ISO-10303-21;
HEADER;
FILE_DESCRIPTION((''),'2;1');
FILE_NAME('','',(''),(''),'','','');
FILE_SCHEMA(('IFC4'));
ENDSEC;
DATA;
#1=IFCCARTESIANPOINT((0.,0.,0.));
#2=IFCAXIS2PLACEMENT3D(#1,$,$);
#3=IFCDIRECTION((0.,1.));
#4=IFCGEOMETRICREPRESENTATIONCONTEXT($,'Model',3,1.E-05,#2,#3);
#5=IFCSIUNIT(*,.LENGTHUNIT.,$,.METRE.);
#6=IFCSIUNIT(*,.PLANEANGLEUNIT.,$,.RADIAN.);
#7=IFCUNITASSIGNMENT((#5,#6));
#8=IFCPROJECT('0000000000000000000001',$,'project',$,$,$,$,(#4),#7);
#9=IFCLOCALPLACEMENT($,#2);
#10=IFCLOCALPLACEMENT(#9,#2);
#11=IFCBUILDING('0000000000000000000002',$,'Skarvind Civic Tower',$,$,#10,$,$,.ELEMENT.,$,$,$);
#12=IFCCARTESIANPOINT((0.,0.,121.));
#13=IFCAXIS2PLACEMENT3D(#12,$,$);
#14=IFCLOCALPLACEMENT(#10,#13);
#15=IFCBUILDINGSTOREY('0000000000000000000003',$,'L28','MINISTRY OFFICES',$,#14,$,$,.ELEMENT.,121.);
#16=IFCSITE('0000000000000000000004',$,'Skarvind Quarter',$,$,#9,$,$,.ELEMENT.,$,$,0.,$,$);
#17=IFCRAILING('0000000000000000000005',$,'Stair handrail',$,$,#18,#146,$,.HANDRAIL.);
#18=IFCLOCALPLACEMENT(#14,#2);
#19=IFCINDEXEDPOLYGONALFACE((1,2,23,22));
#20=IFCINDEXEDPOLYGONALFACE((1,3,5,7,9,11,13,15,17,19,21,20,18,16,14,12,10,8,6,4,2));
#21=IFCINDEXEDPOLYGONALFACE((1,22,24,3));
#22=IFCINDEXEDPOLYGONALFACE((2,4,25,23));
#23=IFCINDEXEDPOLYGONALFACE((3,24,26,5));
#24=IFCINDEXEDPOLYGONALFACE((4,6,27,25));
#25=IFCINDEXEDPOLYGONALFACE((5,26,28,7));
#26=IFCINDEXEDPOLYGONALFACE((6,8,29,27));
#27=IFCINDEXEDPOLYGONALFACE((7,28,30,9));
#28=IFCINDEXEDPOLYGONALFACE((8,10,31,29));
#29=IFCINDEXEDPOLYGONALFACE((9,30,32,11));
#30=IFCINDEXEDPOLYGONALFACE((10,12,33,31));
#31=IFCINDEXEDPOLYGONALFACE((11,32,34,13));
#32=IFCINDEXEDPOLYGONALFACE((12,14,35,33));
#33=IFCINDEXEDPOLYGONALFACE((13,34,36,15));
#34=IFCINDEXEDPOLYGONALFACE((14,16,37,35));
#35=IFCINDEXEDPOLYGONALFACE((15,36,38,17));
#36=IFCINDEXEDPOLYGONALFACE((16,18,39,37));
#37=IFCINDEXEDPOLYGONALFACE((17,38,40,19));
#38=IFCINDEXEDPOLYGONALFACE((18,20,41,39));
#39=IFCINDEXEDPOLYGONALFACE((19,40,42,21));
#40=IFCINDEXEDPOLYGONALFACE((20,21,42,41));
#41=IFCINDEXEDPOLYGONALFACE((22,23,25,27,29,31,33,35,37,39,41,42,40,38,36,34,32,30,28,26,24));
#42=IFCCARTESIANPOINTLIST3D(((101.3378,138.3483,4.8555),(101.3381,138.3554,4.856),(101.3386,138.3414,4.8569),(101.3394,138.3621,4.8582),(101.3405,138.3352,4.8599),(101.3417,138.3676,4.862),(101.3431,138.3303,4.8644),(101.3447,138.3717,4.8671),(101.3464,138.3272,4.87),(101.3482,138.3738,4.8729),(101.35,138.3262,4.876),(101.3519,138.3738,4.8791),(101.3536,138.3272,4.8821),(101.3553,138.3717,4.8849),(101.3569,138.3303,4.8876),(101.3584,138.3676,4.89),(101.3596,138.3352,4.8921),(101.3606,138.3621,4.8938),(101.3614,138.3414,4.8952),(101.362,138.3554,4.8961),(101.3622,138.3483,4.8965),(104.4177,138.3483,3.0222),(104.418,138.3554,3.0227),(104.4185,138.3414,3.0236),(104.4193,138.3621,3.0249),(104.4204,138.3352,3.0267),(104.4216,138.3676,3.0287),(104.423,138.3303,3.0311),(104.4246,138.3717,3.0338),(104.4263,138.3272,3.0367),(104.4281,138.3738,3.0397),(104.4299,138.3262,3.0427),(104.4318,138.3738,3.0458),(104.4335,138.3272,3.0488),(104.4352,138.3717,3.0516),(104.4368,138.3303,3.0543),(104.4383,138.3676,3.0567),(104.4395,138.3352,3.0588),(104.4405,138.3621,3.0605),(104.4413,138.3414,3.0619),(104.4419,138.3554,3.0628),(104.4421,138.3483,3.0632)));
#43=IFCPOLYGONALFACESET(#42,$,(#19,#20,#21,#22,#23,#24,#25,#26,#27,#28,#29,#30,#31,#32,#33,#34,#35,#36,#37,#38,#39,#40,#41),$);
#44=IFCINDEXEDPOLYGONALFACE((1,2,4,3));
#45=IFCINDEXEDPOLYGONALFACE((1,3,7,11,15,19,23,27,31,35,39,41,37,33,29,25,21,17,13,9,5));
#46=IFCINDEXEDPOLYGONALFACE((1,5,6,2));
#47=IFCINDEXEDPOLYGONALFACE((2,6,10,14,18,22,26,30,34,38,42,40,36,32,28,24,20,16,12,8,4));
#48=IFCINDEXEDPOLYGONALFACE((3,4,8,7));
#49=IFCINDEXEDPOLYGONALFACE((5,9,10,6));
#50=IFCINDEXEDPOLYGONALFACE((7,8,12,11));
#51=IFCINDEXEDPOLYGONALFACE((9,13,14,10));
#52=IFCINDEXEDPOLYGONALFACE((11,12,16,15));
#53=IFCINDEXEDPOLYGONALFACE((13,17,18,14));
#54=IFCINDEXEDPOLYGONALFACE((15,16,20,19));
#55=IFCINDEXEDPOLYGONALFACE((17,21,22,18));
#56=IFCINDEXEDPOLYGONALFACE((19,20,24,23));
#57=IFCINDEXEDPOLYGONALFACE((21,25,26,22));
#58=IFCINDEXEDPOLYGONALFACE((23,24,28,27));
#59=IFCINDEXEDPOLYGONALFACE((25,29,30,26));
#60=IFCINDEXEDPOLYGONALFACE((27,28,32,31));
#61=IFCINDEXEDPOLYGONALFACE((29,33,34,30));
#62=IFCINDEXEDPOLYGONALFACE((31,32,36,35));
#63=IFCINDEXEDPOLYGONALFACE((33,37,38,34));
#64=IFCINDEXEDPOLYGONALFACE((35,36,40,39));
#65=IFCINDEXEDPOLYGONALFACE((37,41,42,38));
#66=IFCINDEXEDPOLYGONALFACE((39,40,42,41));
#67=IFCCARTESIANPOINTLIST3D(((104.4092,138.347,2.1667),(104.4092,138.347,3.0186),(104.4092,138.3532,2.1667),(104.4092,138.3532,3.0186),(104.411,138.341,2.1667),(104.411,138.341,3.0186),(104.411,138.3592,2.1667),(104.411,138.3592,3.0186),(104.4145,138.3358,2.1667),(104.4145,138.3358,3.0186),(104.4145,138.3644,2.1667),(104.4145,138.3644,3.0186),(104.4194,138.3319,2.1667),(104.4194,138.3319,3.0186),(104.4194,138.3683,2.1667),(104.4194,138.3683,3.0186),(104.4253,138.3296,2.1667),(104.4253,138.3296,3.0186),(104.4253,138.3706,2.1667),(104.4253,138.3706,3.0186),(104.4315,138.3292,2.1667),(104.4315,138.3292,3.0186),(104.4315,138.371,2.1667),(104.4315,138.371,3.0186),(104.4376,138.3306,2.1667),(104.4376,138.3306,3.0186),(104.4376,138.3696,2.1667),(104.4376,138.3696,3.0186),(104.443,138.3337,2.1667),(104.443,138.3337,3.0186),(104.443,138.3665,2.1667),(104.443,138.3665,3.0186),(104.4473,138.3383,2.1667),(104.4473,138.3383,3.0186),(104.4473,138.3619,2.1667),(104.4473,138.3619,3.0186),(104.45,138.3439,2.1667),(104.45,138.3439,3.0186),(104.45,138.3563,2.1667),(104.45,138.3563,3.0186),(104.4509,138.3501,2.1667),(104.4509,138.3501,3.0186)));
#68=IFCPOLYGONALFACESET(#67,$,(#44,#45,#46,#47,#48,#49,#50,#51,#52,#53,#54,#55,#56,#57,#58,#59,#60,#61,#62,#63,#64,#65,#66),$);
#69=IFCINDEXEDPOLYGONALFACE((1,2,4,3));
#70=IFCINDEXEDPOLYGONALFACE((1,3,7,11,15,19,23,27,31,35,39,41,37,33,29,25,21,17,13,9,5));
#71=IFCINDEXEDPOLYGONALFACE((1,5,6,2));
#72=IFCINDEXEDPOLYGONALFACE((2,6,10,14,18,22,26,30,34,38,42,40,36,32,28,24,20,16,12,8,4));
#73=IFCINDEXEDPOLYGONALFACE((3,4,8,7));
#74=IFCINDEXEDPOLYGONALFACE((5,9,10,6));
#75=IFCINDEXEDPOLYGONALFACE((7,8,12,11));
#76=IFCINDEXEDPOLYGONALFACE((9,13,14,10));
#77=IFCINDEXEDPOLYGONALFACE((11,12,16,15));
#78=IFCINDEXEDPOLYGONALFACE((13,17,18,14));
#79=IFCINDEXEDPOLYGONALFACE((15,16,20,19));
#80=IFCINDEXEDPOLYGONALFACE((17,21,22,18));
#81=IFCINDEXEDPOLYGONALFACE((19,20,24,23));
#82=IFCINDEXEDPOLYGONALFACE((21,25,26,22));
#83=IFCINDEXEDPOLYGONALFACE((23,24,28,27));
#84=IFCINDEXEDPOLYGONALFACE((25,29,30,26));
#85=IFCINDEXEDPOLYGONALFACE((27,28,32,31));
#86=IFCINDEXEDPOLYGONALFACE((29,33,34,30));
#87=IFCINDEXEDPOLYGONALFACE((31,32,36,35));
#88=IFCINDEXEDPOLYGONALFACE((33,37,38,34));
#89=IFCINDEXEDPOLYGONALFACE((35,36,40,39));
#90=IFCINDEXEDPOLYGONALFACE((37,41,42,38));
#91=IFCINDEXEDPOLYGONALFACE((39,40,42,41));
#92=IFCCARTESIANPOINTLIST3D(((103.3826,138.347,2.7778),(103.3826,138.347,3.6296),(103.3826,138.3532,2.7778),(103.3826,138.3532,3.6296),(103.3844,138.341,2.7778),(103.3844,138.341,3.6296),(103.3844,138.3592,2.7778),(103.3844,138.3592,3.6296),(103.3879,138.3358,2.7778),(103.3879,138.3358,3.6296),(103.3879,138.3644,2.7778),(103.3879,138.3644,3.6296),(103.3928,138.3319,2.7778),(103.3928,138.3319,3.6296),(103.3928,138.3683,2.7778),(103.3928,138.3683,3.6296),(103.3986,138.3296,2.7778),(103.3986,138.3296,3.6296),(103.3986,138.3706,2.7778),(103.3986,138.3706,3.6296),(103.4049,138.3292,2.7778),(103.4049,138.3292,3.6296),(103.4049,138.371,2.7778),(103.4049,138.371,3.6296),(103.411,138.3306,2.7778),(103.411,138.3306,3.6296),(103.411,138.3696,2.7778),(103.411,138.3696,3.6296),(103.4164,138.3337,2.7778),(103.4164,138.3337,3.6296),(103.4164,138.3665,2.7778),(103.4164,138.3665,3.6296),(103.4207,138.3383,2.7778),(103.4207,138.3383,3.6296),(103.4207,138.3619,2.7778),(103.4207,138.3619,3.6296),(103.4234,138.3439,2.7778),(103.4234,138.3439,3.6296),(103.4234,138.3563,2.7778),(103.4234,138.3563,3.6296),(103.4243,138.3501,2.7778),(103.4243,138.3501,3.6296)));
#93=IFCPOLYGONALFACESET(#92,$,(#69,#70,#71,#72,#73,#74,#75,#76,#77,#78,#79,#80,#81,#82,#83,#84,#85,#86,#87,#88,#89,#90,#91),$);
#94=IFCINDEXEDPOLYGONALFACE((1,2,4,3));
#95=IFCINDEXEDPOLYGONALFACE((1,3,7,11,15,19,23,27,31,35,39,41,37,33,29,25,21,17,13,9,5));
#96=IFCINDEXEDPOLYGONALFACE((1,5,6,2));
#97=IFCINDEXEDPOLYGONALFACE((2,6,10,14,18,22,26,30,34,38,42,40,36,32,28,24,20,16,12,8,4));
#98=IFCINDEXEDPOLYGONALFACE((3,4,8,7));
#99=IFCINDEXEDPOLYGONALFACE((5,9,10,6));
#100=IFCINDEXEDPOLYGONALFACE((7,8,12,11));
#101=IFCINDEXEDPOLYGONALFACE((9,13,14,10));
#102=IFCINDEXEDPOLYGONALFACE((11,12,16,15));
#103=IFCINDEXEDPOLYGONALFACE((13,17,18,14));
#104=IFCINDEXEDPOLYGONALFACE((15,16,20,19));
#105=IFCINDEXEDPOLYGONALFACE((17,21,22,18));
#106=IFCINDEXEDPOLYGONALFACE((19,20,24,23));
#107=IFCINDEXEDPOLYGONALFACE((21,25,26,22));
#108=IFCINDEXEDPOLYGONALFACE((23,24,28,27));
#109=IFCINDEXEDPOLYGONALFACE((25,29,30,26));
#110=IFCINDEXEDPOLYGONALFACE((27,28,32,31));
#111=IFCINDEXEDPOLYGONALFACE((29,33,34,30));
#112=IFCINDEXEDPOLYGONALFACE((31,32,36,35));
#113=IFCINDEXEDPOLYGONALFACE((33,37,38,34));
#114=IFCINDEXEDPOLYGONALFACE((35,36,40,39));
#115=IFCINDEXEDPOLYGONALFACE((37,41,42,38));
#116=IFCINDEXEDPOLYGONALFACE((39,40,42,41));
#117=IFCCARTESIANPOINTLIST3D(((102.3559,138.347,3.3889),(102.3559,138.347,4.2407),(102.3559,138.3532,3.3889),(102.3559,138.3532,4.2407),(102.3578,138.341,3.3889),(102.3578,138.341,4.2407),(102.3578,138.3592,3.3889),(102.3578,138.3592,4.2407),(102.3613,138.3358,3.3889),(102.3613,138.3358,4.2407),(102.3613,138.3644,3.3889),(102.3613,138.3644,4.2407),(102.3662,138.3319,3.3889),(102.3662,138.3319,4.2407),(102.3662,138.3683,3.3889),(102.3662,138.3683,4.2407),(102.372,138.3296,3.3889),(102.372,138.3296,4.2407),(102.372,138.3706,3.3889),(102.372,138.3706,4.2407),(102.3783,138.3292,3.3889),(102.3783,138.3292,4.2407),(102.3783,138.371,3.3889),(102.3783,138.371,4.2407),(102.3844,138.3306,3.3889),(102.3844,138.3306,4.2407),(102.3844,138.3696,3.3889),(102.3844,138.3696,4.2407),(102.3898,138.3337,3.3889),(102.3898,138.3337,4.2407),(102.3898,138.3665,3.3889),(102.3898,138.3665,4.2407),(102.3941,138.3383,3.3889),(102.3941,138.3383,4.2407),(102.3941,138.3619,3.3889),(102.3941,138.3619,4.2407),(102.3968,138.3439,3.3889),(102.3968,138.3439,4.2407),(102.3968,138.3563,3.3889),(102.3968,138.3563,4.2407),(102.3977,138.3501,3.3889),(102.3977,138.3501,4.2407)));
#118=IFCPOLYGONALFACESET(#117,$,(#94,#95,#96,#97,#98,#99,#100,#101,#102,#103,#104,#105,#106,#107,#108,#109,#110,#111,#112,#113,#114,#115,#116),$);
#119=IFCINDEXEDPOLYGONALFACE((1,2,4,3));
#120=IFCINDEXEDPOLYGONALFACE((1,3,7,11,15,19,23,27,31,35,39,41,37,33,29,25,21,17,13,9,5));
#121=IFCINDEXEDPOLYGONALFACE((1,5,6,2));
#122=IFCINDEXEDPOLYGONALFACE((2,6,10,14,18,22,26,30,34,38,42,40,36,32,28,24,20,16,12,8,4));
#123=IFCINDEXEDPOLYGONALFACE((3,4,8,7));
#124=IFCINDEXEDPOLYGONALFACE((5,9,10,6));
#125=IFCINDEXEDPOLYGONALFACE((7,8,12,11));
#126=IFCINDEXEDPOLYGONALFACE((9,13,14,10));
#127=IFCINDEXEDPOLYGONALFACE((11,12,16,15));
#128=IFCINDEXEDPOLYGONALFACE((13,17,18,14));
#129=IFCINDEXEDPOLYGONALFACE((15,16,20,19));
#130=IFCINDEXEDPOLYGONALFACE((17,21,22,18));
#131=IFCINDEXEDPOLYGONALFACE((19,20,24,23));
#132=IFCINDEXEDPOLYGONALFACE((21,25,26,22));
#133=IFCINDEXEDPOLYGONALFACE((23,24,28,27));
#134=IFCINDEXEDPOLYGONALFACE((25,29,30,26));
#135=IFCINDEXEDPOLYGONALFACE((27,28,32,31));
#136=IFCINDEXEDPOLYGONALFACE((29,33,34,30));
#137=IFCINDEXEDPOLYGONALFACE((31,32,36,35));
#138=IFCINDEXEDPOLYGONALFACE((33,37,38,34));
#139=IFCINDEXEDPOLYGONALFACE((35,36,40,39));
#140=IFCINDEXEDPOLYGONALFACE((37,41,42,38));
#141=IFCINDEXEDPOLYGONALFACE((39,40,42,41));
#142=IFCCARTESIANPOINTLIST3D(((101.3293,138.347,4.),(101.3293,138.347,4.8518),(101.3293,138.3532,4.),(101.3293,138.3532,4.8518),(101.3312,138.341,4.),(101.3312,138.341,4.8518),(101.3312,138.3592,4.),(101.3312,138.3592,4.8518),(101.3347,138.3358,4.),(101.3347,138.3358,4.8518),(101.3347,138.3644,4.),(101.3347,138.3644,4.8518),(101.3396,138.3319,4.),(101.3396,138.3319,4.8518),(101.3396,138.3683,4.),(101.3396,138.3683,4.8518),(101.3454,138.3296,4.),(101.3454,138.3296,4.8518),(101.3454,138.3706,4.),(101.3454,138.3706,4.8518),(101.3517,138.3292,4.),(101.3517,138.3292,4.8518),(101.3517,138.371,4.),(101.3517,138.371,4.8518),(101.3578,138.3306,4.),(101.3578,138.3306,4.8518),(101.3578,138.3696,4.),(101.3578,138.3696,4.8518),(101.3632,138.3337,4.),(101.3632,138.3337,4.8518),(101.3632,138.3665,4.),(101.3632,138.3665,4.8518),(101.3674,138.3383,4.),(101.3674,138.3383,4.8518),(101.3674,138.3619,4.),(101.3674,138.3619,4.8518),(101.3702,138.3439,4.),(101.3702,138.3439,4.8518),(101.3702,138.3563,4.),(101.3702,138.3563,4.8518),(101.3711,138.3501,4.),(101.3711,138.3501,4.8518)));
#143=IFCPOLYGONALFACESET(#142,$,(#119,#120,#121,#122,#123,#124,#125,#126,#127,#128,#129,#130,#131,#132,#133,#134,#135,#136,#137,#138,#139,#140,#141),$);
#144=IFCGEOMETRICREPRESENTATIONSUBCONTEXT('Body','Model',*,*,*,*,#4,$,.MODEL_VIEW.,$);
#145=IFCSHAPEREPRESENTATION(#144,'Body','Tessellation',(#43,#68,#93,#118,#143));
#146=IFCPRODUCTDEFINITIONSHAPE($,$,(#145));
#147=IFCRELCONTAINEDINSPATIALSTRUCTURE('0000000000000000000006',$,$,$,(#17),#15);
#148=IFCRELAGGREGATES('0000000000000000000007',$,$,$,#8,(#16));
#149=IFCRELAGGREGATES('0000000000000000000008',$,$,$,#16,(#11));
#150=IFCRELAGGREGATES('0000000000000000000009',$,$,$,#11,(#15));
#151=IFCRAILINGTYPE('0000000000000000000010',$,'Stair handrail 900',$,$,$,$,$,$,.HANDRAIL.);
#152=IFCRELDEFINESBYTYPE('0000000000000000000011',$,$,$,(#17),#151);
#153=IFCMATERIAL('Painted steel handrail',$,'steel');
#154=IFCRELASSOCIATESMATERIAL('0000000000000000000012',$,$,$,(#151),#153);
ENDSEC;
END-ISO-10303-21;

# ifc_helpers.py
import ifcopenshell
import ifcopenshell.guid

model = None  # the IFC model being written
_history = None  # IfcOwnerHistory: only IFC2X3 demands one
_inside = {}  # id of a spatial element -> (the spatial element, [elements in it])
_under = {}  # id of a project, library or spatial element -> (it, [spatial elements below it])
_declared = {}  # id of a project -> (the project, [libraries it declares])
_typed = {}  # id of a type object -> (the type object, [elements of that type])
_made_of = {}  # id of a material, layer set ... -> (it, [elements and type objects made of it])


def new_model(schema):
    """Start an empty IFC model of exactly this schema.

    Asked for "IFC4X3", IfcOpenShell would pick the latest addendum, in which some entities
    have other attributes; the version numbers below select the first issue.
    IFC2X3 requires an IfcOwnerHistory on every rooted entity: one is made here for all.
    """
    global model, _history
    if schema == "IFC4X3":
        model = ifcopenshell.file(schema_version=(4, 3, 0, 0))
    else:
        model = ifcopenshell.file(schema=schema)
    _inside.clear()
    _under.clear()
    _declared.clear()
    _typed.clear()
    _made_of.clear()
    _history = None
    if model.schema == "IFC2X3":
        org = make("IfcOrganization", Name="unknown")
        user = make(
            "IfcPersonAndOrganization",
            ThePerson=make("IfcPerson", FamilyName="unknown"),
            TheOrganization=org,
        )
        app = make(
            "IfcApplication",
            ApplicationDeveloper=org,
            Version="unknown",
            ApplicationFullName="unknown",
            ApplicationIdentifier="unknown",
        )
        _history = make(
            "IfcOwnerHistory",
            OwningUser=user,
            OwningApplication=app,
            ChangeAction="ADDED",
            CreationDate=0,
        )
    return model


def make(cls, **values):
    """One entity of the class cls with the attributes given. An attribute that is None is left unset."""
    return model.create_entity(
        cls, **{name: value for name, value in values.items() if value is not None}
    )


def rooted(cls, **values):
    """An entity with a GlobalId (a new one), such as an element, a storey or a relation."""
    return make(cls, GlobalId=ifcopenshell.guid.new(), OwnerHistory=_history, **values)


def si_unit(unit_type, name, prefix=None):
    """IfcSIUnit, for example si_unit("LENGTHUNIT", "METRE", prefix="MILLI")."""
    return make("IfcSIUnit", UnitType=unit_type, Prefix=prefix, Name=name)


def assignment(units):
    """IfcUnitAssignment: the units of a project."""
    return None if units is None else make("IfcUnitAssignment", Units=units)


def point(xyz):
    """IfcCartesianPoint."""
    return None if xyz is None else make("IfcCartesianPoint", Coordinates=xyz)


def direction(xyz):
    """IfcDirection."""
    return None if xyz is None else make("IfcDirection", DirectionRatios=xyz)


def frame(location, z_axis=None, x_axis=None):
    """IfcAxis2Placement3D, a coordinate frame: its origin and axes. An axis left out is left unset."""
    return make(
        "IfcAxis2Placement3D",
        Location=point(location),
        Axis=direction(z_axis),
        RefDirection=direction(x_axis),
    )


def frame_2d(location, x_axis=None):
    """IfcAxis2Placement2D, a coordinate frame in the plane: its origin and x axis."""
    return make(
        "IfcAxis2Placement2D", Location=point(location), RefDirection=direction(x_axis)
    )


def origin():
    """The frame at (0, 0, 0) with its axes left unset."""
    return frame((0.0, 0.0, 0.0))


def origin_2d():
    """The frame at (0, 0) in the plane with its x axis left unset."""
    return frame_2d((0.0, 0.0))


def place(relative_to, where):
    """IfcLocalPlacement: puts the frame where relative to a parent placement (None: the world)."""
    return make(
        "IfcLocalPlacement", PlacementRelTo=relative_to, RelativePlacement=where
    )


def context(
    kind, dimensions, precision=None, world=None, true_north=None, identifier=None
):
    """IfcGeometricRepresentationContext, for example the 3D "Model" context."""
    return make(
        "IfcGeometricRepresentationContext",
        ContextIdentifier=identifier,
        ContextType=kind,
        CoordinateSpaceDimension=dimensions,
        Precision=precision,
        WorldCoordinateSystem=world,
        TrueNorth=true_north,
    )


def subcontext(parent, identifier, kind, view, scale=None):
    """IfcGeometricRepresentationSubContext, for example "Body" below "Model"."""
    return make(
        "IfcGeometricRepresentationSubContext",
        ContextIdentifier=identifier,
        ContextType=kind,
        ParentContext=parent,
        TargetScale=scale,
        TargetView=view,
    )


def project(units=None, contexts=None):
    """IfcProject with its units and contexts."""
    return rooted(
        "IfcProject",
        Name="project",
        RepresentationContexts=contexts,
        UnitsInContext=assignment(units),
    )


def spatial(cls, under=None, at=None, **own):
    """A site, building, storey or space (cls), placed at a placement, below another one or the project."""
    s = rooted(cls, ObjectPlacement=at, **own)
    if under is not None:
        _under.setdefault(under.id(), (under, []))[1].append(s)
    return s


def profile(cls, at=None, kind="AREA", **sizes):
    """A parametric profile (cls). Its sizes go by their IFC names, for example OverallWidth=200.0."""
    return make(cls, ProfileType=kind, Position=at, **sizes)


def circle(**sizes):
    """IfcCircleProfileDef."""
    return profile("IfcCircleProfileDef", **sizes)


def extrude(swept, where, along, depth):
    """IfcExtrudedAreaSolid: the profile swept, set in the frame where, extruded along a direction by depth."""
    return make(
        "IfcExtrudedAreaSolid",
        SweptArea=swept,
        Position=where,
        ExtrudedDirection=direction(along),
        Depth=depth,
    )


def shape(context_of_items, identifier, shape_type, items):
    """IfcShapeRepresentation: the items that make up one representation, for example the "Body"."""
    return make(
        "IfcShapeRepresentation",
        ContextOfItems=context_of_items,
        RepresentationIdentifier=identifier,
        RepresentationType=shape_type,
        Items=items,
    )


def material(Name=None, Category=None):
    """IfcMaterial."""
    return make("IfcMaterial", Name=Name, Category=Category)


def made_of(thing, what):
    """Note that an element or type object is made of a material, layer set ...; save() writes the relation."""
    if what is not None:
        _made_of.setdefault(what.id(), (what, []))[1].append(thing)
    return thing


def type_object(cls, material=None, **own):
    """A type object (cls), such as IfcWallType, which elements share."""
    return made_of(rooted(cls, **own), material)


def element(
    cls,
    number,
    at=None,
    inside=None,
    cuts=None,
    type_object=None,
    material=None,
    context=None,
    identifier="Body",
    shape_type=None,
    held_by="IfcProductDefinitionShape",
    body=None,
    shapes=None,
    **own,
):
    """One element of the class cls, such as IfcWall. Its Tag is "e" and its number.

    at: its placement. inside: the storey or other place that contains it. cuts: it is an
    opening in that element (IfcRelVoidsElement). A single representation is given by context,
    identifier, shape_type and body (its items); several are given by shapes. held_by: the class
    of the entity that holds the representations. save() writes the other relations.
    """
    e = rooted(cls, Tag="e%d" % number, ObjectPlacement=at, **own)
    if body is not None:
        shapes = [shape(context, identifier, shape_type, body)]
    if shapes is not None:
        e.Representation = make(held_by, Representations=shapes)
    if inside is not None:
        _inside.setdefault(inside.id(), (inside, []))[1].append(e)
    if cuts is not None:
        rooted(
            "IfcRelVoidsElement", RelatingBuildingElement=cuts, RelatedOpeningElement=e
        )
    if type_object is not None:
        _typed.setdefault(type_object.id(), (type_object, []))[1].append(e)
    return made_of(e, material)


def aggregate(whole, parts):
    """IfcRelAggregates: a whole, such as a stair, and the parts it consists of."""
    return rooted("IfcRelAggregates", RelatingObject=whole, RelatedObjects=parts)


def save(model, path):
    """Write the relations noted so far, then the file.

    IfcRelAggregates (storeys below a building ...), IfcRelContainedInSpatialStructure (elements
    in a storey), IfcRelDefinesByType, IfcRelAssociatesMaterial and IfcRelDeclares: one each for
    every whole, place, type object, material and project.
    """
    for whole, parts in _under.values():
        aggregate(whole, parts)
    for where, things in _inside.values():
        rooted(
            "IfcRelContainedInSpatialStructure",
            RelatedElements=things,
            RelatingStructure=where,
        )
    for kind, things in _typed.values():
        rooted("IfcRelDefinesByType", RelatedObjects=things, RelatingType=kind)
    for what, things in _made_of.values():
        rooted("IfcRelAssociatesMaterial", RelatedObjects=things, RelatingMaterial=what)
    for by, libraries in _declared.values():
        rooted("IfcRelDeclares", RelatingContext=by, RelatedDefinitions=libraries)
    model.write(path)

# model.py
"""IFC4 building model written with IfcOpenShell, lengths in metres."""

from ifc_helpers import new_model, si_unit, direction, frame, origin, origin_2d, place, context, subcontext, project, spatial, circle, extrude, material, type_object, element, save


model = new_model("IFC4")

# Units and contexts
model_context = context("Model", 3, precision=1e-05, world=origin(), true_north=direction((0.0, 1.0)))
body_context = subcontext(model_context, "Body", "Model", "MODEL_VIEW")
ifc_project = project(units=[si_unit("LENGTHUNIT", "METRE"), si_unit("PLANEANGLEUNIT", "RADIAN")], contexts=[model_context])

# Site, building, storey
site_placement = place(None, origin())
site = spatial("IfcSite", under=ifc_project, at=site_placement, Name="Skarvind Quarter", CompositionType="ELEMENT", RefElevation=0.0)
building_placement = place(site_placement, origin())
building = spatial("IfcBuilding", under=site, at=building_placement, Name="Skarvind Civic Tower", CompositionType="ELEMENT")
storey_placement = place(building_placement, frame((0.0, 0.0, 121.0)))
storey = spatial("IfcBuildingStorey", under=building, at=storey_placement, Name="L28", Description="MINISTRY OFFICES", CompositionType="ELEMENT", Elevation=121.0)

# Railing
ifc_material_1 = material(Name="Painted steel handrail", Category="steel")
railing_type = type_object("IfcRailingType", Name="Stair handrail 900", PredefinedType="HANDRAIL", material=ifc_material_1)
railing_1_placement = place(storey_placement, frame((104.4299, 138.3501, 2.1667)))
element("IfcRailing", 1, at=railing_1_placement, inside=storey, type_object=railing_type, Name="Stair handrail", PredefinedType="HANDRAIL", context=body_context, shape_type="SweptSolid", body=[
    extrude(circle(Radius=0.0239, at=origin_2d()), frame((0.0, 0.0, 0.876), z_axis=(-0.859291, 0.0, 0.511487), x_axis=(0.0, -1.0, 0.0)), (0.0, 0.0, 1.0), 3.5842),
    extrude(circle(Radius=0.021, at=origin_2d()), origin(), (0.0, 0.0, 1.0), 0.8518),
    extrude(circle(Radius=0.021, at=origin_2d()), frame((-1.0266, 0.0, 0.6111)), (0.0, 0.0, 1.0), 0.8518),
    extrude(circle(Radius=0.021, at=origin_2d()), frame((-2.0532, 0.0, 1.2222)), (0.0, 0.0, 1.0), 0.8518),
    extrude(circle(Radius=0.021, at=origin_2d()), frame((-3.0798, 0.0, 1.8333)), (0.0, 0.0, 1.0), 0.8518),
])

save(model, "model.ifc")
